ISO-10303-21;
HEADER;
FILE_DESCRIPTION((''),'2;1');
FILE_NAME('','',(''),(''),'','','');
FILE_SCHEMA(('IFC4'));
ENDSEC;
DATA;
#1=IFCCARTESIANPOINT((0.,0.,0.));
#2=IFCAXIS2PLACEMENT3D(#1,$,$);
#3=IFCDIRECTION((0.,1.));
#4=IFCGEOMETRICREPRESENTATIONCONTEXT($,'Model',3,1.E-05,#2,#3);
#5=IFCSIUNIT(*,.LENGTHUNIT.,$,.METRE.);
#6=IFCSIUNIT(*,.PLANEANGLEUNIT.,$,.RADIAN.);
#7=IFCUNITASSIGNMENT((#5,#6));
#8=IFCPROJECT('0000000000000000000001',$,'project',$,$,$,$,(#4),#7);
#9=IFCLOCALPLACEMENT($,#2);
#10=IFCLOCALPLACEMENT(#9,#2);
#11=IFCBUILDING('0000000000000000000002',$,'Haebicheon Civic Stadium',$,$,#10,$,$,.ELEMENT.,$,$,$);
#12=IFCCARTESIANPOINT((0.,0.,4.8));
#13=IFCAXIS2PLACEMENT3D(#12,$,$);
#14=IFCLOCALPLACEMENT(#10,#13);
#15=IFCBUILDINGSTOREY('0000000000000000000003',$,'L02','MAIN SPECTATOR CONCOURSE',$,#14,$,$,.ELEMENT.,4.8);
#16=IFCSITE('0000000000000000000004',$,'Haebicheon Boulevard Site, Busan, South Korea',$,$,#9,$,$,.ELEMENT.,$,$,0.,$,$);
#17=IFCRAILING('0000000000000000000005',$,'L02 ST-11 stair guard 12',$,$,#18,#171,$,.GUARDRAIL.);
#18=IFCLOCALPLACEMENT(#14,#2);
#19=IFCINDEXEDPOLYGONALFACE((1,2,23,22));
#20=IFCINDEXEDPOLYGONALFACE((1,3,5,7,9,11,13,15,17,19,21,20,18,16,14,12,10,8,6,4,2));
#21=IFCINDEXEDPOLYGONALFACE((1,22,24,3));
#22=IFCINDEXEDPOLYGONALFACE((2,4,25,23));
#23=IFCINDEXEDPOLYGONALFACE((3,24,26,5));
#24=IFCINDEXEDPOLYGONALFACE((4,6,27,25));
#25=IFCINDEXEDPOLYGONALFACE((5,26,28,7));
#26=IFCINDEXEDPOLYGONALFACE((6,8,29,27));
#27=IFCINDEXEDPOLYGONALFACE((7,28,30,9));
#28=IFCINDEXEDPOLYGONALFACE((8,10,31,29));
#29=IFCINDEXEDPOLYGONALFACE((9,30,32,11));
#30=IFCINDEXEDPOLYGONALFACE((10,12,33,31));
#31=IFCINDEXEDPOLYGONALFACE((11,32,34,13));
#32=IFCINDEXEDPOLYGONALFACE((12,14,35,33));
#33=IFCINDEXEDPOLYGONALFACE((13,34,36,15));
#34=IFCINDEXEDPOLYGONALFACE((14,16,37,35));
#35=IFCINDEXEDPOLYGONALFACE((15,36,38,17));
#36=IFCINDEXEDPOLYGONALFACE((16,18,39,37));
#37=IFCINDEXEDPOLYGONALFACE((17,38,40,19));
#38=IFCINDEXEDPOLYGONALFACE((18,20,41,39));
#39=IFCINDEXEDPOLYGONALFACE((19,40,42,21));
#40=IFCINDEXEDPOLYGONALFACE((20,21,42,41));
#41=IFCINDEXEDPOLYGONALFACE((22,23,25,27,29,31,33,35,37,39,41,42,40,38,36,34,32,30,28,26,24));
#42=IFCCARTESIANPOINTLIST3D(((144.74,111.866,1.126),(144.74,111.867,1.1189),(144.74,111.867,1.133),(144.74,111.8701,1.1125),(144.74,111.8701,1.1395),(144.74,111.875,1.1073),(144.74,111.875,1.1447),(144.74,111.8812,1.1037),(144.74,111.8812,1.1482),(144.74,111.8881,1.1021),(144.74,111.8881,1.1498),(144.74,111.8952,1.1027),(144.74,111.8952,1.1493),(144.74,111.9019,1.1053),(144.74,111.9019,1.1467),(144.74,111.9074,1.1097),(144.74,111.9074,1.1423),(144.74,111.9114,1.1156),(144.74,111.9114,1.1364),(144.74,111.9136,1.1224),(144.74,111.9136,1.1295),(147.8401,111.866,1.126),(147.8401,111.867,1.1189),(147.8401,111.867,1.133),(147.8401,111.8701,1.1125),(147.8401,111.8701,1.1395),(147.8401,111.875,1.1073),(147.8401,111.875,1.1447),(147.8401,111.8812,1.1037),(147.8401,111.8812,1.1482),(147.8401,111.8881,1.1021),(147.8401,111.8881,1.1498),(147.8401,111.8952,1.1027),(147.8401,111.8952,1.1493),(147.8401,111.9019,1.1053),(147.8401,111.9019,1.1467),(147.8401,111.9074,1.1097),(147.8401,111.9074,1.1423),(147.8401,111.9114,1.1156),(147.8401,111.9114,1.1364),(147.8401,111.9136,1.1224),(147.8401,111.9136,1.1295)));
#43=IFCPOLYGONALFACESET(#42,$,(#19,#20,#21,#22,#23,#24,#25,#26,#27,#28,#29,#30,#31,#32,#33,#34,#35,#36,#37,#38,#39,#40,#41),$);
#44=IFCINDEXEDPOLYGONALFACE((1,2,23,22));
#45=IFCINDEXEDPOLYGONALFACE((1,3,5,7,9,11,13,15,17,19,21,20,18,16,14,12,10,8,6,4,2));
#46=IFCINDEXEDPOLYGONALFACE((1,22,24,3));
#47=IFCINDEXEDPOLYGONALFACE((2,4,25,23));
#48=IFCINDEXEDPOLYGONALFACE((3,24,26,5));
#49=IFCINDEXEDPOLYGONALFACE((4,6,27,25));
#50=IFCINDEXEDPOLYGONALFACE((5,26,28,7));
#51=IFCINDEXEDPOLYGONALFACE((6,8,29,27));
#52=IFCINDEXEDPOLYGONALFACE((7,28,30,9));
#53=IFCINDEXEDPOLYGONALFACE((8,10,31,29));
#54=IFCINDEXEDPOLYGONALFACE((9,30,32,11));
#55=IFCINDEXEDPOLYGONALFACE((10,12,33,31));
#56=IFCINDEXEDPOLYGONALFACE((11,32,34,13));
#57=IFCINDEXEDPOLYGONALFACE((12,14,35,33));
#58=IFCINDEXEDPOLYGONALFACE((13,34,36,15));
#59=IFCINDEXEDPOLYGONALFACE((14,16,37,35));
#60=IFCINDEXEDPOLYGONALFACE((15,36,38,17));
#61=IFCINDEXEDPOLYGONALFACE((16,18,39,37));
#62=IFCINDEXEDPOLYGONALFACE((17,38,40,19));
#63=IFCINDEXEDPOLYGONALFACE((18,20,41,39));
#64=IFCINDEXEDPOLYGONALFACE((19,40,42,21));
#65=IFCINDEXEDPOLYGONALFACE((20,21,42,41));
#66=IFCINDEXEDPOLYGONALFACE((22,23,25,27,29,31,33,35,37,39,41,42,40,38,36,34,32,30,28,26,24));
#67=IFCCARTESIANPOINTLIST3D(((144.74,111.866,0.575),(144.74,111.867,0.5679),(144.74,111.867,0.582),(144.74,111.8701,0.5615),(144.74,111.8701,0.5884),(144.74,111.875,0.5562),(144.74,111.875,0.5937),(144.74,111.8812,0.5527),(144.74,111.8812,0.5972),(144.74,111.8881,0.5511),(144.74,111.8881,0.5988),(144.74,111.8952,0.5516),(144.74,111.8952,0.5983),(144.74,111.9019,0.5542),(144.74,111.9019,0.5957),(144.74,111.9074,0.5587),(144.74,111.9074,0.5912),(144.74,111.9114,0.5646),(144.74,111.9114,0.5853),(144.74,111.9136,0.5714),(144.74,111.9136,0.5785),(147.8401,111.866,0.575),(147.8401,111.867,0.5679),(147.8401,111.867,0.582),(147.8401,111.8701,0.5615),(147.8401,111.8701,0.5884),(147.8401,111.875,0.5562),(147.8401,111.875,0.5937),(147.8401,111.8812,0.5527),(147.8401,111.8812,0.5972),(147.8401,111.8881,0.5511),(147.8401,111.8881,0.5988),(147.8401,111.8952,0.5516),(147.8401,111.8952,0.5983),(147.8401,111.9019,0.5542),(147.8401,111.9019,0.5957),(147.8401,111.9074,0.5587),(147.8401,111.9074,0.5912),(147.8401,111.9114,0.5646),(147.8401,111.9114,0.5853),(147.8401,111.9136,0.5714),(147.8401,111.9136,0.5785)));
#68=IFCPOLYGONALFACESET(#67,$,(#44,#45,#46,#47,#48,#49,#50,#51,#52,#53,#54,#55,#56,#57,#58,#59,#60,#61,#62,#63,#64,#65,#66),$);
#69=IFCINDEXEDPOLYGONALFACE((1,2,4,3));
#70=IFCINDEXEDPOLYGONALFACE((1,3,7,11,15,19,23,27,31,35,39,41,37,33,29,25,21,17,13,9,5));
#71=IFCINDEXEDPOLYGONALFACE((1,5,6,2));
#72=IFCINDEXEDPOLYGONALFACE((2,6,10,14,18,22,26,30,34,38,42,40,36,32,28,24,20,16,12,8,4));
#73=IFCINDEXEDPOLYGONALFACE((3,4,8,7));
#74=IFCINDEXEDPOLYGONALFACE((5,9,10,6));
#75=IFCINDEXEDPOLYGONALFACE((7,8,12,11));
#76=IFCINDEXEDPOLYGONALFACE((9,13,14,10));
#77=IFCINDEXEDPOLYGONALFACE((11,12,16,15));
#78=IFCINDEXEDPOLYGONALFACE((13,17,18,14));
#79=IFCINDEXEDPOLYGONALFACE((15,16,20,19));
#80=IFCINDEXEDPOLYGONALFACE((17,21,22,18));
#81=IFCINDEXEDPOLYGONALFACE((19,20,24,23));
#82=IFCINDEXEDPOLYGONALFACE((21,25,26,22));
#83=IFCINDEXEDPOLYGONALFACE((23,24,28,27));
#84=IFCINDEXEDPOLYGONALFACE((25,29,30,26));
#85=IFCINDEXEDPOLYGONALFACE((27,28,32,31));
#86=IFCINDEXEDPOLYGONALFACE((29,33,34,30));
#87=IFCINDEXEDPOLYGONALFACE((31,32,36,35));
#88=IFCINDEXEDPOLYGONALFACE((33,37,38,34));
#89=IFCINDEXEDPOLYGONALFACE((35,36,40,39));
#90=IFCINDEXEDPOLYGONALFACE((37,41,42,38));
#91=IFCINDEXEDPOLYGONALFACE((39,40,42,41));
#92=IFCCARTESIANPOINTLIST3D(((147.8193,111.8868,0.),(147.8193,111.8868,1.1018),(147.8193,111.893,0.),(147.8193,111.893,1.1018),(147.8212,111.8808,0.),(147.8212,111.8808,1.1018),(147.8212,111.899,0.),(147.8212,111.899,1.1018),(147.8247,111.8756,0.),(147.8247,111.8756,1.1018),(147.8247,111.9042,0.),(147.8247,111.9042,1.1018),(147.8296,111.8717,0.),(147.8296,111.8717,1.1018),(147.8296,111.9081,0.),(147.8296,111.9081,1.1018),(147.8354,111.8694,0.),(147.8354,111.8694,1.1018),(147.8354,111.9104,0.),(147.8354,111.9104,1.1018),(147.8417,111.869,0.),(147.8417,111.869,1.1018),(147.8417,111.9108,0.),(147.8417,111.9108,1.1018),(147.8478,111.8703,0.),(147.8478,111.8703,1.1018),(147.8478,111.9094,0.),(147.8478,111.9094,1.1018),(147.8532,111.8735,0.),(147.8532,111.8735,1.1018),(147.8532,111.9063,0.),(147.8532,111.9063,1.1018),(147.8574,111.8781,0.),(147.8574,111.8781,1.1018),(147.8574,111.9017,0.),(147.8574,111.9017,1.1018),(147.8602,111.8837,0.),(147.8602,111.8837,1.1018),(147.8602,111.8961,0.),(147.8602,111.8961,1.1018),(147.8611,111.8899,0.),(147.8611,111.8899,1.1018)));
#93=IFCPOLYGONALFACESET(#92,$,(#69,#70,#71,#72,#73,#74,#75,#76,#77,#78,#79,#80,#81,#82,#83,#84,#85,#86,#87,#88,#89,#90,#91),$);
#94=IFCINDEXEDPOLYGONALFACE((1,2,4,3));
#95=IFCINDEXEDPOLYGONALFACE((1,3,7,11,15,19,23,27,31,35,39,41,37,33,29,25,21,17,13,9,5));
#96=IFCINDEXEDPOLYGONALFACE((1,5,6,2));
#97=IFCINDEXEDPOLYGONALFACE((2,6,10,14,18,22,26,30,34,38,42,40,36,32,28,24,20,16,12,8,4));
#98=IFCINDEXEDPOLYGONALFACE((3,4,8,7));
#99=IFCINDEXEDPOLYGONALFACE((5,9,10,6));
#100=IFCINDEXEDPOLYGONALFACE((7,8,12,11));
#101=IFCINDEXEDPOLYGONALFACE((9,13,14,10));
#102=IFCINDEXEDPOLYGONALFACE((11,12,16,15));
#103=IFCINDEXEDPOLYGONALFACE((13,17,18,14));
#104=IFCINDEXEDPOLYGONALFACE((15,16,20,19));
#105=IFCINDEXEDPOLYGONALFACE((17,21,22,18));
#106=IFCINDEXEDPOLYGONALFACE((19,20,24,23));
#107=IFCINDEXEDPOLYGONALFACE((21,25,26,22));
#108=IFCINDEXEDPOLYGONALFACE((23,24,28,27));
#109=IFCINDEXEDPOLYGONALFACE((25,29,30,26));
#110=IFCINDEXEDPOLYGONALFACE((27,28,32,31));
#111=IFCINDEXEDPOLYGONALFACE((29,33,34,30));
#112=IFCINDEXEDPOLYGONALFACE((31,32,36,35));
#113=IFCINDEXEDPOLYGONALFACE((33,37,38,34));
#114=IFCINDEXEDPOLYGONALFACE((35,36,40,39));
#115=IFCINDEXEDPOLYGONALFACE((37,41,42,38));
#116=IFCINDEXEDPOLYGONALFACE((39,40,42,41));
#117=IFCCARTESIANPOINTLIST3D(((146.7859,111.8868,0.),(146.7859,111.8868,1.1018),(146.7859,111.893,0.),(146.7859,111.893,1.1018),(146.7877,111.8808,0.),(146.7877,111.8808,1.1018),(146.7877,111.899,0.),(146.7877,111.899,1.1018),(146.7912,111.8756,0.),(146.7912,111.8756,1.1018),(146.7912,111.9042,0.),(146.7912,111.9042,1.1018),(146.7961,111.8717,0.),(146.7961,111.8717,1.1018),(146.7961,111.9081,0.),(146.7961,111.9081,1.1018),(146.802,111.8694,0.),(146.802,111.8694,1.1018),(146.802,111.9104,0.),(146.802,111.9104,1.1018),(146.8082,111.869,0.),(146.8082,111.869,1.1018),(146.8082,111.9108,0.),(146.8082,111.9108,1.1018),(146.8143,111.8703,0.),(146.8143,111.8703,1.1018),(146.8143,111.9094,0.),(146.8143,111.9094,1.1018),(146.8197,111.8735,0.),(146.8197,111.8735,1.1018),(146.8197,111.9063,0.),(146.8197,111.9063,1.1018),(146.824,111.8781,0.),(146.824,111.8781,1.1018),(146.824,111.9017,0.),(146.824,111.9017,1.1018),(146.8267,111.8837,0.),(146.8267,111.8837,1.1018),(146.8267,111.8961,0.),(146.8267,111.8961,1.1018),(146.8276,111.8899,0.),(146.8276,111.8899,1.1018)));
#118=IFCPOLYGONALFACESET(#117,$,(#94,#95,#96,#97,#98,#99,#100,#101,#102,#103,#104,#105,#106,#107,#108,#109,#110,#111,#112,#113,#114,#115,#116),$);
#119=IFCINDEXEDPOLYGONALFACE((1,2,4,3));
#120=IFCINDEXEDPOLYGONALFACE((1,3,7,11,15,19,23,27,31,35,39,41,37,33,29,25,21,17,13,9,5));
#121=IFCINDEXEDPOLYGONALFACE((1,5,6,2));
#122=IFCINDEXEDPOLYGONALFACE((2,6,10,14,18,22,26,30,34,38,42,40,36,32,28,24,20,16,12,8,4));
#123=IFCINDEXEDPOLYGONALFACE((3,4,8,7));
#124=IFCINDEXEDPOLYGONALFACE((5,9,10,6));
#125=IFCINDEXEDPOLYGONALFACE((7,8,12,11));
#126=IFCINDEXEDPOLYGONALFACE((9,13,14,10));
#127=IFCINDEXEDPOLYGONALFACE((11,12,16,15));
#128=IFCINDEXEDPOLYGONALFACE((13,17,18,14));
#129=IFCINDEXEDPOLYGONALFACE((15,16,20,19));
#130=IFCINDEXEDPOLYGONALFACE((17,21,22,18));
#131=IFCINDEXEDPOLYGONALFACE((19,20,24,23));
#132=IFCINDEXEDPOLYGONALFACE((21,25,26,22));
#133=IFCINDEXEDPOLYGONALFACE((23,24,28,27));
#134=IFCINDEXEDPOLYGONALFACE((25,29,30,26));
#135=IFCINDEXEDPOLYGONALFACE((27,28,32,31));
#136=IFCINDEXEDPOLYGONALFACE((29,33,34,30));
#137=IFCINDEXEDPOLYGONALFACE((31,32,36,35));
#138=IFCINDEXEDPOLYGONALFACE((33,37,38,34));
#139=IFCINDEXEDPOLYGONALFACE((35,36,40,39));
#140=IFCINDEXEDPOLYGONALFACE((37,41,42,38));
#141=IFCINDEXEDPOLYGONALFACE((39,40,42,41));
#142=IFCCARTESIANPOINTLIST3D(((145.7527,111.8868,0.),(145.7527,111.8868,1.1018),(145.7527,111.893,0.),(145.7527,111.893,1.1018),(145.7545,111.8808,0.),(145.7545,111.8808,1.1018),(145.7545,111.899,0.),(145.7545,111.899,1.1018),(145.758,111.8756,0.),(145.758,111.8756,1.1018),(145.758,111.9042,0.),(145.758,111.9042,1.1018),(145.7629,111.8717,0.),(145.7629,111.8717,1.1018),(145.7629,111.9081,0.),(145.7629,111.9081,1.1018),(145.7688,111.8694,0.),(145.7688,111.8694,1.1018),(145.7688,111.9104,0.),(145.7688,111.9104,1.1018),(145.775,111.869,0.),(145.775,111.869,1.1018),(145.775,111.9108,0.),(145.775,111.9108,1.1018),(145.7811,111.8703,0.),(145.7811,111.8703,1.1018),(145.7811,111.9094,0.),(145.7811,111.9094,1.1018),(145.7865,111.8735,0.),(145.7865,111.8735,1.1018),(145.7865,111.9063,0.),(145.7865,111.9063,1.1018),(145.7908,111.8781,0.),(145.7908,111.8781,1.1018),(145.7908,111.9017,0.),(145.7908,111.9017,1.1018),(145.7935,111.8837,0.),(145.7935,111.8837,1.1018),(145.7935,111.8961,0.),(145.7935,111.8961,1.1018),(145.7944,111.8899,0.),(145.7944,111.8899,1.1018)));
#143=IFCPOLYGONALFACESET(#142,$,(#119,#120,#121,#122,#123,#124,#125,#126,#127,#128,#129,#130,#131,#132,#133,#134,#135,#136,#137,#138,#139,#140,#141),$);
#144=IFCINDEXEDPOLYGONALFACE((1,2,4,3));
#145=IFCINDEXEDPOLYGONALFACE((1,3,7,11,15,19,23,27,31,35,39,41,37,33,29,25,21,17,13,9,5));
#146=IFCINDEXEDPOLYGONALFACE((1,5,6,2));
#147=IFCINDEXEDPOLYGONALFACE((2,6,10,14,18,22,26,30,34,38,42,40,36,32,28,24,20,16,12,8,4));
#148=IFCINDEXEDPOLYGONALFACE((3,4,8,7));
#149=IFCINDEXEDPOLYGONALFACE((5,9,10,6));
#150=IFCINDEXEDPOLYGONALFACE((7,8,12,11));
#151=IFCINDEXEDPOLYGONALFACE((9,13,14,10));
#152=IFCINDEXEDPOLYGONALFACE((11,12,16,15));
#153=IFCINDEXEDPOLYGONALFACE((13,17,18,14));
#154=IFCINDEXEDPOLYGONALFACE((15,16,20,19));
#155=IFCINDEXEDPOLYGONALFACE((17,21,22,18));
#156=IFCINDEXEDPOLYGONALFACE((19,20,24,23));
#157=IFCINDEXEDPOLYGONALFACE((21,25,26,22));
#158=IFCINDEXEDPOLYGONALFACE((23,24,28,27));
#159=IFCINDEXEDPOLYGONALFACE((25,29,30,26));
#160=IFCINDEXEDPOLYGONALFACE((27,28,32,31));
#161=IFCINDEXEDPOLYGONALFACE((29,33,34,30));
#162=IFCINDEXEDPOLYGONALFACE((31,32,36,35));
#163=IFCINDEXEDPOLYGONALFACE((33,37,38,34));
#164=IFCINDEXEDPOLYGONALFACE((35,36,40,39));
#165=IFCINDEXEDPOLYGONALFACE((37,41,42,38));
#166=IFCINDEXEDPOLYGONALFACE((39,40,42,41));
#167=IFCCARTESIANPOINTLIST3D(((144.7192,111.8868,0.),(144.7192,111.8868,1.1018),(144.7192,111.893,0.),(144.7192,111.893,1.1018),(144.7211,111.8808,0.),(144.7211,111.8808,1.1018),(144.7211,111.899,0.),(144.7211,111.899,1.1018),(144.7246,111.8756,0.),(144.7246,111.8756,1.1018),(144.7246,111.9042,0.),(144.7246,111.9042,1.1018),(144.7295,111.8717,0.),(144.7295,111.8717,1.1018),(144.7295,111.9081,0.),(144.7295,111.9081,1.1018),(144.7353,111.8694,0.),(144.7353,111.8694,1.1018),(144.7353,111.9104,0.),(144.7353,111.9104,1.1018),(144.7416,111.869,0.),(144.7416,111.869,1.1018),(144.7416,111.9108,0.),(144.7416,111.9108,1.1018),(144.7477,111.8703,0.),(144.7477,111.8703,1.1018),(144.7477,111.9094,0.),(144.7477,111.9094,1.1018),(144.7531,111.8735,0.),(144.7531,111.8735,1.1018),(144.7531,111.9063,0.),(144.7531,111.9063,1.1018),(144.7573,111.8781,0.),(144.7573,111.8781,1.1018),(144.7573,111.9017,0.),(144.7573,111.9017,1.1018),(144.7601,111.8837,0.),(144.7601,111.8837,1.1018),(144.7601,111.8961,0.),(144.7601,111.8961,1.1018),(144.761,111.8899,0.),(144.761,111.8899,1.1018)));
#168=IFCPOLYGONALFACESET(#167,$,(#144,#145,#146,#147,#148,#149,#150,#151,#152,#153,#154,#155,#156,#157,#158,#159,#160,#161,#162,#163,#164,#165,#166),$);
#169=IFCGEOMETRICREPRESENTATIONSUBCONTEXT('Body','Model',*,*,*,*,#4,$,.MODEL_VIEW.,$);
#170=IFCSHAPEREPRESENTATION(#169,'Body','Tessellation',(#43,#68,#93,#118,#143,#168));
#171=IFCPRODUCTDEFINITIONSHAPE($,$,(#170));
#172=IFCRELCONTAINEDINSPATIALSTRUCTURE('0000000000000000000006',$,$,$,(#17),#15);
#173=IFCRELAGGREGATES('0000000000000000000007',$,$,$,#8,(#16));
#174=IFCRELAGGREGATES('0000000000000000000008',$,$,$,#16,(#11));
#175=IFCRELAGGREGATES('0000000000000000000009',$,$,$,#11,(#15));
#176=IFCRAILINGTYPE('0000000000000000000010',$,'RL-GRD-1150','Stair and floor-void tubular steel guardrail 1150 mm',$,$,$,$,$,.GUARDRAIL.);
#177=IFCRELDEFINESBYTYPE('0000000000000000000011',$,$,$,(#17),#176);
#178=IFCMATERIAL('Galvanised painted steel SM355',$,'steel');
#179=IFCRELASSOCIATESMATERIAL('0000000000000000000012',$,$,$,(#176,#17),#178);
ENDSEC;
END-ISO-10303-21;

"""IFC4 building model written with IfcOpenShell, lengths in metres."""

from ifc_helpers import new_model, si_unit, direction, frame, origin, origin_2d, place, context, subcontext, project, spatial, circle, extrude, material, type_object, element, save


model = new_model("IFC4")

# Units and contexts
model_context = context("Model", 3, precision=1e-05, world=origin(), true_north=direction((0.0, 1.0)))
body_context = subcontext(model_context, "Body", "Model", "MODEL_VIEW")
ifc_project = project(units=[si_unit("LENGTHUNIT", "METRE"), si_unit("PLANEANGLEUNIT", "RADIAN")], contexts=[model_context])

# Site, building, storey
site_placement = place(None, origin())
site = spatial("IfcSite", under=ifc_project, at=site_placement, Name="Haebicheon Boulevard Site, Busan, South Korea", CompositionType="ELEMENT", RefElevation=0.0)
building_placement = place(site_placement, origin())
building = spatial("IfcBuilding", under=site, at=building_placement, Name="Haebicheon Civic Stadium", CompositionType="ELEMENT")
storey_placement = place(building_placement, frame((0.0, 0.0, 4.8)))
storey = spatial("IfcBuildingStorey", under=building, at=storey_placement, Name="L02", Description="MAIN SPECTATOR CONCOURSE", CompositionType="ELEMENT", Elevation=4.8)

# Railing
ifc_material_1 = material(Name="Galvanised painted steel SM355", Category="steel")
railing_type_1 = type_object("IfcRailingType", Name="RL-GRD-1150", Description="Stair and floor-void tubular steel guardrail 1150 mm", PredefinedType="GUARDRAIL", material=ifc_material_1)
railing_1_placement = place(storey_placement, frame((147.8401, 111.8899, 0.0)))
element("IfcRailing", 1, at=railing_1_placement, inside=storey, type_object=railing_type_1, material=ifc_material_1, Name="L02 ST-11 stair guard 12", PredefinedType="GUARDRAIL", context=body_context, shape_type="SweptSolid", body=[
    extrude(circle(Radius=0.0239, at=origin_2d()), frame((0.0, 0.0, 1.126), z_axis=(-1.0, 0.0, 0.0), x_axis=(0.0, -1.0, 0.0)), (0.0, 0.0, 1.0), 3.1001),
    extrude(circle(Radius=0.0239, at=origin_2d()), frame((0.0, 0.0, 0.575), z_axis=(-1.0, 0.0, 0.0), x_axis=(0.0, -1.0, 0.0)), (0.0, 0.0, 1.0), 3.1001),
    extrude(circle(Radius=0.021, at=origin_2d()), origin(), (0.0, 0.0, 1.0), 1.1018),
    extrude(circle(Radius=0.021, at=origin_2d()), frame((-1.0334, 0.0, 0.0)), (0.0, 0.0, 1.0), 1.1018),
    extrude(circle(Radius=0.021, at=origin_2d()), frame((-2.0667, 0.0, 0.0)), (0.0, 0.0, 1.0), 1.1018),
    extrude(circle(Radius=0.021, at=origin_2d()), frame((-3.1001, 0.0, 0.0)), (0.0, 0.0, 1.0), 1.1018),
])

save(model, "model.ifc")
